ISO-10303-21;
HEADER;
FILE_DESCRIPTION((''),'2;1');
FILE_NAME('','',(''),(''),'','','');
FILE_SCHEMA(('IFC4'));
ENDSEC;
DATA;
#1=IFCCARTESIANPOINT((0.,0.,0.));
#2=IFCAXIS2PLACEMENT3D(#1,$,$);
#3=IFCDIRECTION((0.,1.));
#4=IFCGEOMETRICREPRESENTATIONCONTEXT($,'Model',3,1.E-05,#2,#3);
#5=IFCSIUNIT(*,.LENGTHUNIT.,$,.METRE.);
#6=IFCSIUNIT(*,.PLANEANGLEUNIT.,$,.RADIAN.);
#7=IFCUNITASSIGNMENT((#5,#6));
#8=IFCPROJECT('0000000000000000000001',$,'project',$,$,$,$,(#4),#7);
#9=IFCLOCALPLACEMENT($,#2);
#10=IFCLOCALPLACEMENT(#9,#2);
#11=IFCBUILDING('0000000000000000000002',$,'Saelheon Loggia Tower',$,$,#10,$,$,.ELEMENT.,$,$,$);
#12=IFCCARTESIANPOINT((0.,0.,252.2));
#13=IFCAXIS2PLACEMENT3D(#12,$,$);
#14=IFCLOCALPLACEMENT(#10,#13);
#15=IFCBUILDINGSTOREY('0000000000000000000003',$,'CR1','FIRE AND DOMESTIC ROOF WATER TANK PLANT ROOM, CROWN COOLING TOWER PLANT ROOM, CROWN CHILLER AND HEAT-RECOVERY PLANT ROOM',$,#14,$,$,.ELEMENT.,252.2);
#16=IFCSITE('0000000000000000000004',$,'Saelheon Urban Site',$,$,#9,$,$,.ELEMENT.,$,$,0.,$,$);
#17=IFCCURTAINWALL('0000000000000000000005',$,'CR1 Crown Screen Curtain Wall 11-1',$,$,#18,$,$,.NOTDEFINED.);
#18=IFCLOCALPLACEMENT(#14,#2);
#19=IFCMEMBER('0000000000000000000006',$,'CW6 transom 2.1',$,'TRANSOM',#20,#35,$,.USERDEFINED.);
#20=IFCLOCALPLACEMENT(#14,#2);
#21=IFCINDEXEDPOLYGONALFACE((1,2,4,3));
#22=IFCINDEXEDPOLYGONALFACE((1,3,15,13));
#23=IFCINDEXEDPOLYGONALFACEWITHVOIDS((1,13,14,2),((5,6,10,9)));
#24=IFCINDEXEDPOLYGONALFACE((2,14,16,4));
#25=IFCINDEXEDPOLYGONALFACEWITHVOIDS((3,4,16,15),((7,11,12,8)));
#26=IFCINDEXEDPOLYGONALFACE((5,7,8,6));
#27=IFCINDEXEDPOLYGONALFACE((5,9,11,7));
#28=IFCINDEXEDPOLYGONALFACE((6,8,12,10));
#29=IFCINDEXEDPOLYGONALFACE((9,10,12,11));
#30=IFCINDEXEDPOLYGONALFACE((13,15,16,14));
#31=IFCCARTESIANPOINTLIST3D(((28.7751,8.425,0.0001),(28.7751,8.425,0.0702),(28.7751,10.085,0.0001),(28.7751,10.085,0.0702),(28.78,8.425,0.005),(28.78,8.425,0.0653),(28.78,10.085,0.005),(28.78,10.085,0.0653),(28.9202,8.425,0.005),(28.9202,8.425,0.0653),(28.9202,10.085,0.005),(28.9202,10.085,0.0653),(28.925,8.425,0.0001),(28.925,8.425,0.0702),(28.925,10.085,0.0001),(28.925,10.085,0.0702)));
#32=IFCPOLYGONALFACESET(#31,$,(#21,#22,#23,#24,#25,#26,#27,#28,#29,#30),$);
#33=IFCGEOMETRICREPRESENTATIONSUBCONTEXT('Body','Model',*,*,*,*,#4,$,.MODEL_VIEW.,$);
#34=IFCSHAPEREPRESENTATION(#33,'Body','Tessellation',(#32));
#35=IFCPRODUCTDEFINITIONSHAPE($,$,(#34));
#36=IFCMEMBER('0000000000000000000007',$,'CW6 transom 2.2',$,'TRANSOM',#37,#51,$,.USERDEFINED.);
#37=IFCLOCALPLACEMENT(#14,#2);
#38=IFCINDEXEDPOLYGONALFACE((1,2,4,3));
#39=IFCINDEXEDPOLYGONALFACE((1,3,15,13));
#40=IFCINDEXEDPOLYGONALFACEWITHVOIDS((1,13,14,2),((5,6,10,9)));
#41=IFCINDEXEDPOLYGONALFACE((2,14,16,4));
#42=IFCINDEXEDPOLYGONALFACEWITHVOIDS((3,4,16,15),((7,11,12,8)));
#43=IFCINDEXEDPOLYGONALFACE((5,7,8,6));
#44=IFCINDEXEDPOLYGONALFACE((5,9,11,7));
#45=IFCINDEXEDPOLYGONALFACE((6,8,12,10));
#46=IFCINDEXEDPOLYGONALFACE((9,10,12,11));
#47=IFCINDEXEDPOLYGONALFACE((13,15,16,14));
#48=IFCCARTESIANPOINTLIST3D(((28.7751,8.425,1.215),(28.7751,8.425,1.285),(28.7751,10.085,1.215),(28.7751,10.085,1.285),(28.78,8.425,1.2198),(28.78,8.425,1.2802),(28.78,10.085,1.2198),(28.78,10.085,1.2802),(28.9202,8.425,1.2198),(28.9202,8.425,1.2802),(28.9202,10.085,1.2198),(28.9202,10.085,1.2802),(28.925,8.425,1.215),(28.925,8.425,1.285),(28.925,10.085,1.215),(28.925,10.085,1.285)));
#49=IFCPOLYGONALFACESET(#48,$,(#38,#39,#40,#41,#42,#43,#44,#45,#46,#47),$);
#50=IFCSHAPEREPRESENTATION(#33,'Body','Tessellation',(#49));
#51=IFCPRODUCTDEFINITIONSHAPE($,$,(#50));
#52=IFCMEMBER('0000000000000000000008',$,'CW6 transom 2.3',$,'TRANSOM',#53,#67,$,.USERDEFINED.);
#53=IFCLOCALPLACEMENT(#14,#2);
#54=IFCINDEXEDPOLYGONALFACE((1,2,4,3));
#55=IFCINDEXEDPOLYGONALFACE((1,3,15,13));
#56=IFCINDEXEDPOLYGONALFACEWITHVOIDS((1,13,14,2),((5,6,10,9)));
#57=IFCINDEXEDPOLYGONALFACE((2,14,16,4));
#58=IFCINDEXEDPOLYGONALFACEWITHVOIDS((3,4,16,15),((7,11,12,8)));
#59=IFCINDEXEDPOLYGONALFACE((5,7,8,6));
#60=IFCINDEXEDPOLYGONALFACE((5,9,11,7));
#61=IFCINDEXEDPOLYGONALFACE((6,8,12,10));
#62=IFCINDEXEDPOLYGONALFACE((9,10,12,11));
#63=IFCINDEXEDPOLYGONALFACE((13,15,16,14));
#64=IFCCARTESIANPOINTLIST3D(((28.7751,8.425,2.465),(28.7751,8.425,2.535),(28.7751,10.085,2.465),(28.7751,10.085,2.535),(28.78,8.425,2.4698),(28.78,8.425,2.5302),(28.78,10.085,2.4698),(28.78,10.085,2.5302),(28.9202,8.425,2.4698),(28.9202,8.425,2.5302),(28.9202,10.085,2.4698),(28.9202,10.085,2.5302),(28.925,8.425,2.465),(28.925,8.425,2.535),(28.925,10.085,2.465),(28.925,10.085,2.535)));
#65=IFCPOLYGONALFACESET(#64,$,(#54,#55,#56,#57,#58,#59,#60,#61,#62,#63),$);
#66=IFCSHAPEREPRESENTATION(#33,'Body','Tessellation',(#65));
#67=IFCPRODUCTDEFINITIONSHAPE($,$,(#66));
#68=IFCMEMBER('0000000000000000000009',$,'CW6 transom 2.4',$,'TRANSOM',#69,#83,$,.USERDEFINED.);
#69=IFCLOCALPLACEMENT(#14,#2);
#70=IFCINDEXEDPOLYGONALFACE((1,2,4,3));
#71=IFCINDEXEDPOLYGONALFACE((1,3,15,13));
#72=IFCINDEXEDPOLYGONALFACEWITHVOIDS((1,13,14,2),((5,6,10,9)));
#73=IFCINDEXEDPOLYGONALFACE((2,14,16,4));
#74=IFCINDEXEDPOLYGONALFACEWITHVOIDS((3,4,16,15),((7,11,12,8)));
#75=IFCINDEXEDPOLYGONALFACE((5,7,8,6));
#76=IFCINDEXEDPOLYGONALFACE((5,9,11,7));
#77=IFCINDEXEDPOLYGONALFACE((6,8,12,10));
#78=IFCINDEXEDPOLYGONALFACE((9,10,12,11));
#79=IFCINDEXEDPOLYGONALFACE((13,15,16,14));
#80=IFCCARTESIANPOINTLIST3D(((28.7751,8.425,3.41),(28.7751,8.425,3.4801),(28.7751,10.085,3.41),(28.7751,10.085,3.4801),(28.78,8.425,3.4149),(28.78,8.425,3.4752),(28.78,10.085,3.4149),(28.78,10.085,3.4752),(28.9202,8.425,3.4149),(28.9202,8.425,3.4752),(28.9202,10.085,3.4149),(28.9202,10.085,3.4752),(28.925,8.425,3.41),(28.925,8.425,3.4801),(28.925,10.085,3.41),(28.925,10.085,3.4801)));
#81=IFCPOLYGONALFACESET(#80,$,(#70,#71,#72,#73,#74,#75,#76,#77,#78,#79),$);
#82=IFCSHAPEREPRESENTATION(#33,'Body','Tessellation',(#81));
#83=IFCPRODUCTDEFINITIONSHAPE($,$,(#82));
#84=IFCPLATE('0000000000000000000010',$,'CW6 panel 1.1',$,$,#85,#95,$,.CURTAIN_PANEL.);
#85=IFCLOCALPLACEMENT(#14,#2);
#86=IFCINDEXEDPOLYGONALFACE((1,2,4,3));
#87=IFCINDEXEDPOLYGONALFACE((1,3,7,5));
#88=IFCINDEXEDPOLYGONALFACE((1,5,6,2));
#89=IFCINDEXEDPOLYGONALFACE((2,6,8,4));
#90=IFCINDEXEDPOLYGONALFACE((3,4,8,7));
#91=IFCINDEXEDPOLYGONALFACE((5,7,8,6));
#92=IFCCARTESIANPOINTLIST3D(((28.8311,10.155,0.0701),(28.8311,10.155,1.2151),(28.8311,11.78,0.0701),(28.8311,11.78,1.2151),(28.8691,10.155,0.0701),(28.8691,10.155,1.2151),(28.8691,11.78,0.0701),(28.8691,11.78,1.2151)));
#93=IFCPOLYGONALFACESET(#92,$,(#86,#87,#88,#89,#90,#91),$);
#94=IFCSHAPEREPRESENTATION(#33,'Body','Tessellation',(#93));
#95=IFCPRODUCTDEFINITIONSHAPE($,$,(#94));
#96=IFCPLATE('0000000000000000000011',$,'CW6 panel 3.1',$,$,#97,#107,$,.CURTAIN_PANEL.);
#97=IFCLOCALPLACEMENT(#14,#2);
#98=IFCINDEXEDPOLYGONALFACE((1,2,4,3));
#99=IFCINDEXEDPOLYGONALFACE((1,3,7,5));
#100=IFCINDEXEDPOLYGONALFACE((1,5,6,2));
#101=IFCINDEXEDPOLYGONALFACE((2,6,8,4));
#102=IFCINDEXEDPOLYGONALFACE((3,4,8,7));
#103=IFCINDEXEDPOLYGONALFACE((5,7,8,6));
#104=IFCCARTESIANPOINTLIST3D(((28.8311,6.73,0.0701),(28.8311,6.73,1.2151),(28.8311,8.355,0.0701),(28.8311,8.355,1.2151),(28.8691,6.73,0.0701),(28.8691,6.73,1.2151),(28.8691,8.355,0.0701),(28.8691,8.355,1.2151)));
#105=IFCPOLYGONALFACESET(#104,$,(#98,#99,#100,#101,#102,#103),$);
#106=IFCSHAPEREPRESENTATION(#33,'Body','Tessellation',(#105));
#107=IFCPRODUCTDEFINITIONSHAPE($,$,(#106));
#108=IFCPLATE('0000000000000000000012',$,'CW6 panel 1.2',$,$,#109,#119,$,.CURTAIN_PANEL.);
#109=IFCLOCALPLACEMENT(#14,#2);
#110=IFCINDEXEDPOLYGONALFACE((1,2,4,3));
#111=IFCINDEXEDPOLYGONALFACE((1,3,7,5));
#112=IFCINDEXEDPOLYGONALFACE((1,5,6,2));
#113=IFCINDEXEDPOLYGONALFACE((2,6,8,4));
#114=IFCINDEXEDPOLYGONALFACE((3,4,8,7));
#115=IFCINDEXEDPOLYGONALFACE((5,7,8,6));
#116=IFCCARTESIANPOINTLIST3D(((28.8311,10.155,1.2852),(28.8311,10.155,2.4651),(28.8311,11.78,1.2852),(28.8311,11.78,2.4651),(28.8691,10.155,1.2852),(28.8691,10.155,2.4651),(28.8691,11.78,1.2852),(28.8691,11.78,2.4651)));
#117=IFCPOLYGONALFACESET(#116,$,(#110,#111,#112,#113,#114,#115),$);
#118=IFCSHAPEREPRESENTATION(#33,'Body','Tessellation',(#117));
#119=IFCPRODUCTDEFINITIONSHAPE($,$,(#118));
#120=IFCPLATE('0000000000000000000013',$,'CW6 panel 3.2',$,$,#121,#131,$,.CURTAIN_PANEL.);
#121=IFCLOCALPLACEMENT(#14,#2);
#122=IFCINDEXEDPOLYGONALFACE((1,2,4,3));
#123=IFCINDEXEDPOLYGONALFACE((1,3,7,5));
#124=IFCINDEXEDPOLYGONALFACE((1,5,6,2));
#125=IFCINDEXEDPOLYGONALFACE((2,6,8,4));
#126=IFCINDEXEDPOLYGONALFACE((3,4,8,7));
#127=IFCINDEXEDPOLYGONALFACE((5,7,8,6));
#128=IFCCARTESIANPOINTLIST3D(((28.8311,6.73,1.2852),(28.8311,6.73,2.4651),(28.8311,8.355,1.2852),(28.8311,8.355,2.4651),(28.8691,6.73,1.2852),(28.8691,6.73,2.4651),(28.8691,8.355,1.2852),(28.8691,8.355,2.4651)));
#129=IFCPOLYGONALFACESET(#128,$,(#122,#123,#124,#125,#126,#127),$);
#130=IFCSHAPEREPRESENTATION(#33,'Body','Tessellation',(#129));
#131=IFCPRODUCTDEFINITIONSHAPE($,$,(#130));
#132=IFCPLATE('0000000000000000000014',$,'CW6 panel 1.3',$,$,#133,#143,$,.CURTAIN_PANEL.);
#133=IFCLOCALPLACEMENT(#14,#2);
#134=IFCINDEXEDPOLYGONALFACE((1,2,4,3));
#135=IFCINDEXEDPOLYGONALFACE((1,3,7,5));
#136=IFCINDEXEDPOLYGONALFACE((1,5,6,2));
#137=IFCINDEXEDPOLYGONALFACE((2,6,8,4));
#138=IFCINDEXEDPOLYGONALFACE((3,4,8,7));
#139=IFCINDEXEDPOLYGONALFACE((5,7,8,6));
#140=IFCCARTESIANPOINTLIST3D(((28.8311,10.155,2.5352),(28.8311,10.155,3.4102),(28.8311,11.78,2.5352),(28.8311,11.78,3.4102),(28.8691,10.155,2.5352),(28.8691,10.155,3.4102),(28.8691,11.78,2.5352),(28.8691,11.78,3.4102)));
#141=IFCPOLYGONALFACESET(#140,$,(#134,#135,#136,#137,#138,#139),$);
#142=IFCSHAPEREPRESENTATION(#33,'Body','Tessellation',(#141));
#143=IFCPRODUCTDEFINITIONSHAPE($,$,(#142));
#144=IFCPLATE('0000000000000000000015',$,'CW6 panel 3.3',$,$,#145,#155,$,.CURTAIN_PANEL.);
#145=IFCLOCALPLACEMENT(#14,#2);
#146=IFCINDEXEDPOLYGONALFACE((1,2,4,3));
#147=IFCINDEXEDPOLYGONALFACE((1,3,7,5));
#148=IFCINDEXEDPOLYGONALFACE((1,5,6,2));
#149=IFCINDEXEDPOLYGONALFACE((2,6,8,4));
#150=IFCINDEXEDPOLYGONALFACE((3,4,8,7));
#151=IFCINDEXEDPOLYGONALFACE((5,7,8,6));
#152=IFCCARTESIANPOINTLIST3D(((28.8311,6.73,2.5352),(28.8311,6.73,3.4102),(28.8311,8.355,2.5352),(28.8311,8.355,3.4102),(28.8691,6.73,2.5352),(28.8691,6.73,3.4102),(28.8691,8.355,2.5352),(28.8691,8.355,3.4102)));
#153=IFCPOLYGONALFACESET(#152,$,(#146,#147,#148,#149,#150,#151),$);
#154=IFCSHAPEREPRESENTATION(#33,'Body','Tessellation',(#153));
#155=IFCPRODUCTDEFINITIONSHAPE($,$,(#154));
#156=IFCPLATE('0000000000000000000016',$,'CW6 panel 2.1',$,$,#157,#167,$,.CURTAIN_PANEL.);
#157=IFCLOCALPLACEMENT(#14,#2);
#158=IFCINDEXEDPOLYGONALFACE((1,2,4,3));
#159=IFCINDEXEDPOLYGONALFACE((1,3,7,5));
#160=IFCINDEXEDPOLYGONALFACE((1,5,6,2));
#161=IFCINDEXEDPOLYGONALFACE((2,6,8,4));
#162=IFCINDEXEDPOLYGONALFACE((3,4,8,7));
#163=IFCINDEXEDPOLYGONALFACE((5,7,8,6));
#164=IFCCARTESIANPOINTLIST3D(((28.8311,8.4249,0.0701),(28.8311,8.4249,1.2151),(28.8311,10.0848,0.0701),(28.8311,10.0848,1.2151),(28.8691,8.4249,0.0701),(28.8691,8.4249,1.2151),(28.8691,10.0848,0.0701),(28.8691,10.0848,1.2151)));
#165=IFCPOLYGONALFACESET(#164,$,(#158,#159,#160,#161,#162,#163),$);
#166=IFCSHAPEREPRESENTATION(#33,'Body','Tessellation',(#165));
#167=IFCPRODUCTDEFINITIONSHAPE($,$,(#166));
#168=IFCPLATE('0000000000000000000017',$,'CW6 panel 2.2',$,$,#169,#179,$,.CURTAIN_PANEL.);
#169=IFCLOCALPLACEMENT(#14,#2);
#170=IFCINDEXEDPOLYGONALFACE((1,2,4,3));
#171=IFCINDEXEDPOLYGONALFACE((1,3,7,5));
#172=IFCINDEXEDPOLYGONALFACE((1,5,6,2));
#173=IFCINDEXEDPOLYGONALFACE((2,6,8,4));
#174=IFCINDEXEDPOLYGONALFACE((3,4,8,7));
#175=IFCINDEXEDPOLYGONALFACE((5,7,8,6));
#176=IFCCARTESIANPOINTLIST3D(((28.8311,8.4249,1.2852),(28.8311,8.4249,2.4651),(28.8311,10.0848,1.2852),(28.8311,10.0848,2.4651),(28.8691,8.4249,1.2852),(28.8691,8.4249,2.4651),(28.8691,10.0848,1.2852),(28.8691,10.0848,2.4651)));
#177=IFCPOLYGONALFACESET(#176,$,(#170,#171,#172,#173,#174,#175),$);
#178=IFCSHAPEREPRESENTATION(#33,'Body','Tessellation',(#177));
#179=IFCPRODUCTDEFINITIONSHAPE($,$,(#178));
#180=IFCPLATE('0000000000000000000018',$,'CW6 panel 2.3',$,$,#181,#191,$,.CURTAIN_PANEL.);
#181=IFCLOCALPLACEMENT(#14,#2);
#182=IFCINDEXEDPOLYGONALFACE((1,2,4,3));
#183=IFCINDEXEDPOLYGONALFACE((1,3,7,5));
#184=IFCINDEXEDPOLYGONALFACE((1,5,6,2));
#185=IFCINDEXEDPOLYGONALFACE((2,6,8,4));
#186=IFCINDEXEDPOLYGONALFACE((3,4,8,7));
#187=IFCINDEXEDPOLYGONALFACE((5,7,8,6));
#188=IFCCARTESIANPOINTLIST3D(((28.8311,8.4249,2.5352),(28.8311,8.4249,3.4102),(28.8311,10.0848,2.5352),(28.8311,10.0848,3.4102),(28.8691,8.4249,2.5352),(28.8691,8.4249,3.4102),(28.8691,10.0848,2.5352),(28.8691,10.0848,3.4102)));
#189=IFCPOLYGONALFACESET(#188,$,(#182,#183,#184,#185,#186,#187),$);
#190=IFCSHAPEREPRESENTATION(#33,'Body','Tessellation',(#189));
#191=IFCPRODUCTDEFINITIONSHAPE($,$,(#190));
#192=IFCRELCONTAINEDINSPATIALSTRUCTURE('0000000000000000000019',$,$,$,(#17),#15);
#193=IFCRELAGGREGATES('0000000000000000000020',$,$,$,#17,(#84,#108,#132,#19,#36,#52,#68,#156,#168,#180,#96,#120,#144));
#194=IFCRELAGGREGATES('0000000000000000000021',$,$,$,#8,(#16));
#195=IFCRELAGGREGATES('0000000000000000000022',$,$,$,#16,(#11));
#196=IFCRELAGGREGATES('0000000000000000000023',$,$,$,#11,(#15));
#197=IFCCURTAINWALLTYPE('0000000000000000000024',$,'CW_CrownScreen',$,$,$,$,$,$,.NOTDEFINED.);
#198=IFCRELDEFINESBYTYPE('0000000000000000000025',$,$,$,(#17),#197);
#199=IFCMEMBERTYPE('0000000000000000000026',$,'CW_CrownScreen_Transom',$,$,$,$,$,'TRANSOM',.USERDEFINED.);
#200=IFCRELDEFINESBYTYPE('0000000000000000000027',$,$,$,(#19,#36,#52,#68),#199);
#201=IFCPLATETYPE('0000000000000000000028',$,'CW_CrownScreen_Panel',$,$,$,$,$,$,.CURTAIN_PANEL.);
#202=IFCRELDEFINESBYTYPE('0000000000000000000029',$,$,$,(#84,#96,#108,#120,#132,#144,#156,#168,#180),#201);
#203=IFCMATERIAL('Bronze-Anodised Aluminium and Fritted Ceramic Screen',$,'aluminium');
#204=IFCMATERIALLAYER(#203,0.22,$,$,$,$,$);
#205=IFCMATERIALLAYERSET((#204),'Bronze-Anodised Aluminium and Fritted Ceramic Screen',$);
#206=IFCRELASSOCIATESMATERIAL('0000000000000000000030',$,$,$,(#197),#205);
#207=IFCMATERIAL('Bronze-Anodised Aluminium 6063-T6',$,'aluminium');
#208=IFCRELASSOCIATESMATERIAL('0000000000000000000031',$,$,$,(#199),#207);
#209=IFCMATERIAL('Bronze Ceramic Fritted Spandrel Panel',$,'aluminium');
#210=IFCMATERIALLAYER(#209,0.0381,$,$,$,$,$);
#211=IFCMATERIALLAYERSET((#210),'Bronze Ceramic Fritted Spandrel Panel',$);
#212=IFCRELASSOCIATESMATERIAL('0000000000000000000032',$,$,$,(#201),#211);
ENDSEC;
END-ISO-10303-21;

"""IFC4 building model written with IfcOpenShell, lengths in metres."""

from ifc_helpers import new_model, si_unit, direction, frame, origin, origin_2d, place, context, subcontext, project, spatial, rectangle, hollow_rectangle, extrude, source, transform, mapped, material, layer, layer_set, material_profile, profile_set, type_object, element, aggregate, save


model = new_model("IFC4")

# Units and contexts
model_context = context("Model", 3, precision=1e-05, world=origin(), true_north=direction((0.0, 1.0)))
body_context = subcontext(model_context, "Body", "Model", "MODEL_VIEW")
ifc_project = project(units=[si_unit("LENGTHUNIT", "METRE"), si_unit("PLANEANGLEUNIT", "RADIAN")], contexts=[model_context])

# Site, building, storey
site_placement = place(None, origin())
site = spatial("IfcSite", under=ifc_project, at=site_placement, Name="Saelheon Urban Site", CompositionType="ELEMENT", RefElevation=0.0)
building_placement = place(site_placement, origin())
building = spatial("IfcBuilding", under=site, at=building_placement, Name="Saelheon Loggia Tower", CompositionType="ELEMENT")
storey_placement = place(building_placement, frame((0.0, 0.0, 252.2)))
storey = spatial("IfcBuildingStorey", under=building, at=storey_placement, Name="CR1", Description="FIRE AND DOMESTIC ROOF WATER TANK PLANT ROOM, CROWN COOLING TOWER PLANT ROOM, CROWN CHILLER AND HEAT-RECOVERY PLANT ROOM", CompositionType="ELEMENT", Elevation=252.2)

# Curtain wall
ifc_material_1 = material(Name="Bronze-Anodised Aluminium and Fritted Ceramic Screen", Category="aluminium")
ifc_layer_1 = layer(ifc_material_1, 0.22)
ifc_layer_set_1 = layer_set([ifc_layer_1], Name="Bronze-Anodised Aluminium and Fritted Ceramic Screen")
curtain_wall_type = type_object("IfcCurtainWallType", Name="CW_CrownScreen", PredefinedType="NOTDEFINED", material=ifc_layer_set_1)
curtain_wall_1_placement = place(storey_placement, origin())
curtain_wall_1 = element("IfcCurtainWall", 1, at=curtain_wall_1_placement, inside=storey, type_object=curtain_wall_type, Name="CR1 Crown Screen Curtain Wall 11-1", PredefinedType="NOTDEFINED")
ifc_material_2 = material(Name="Bronze-Anodised Aluminium 6063-T6", Category="aluminium")
ifc_material_profile_1 = material_profile(ifc_material_2, hollow_rectangle(XDim=0.0701, YDim=0.1499, WallThickness=0.0049, at=origin_2d()), Name="RHS-150x70x5")
ifc_profile_set_1 = profile_set([ifc_material_profile_1], Name="Bronze-Anodised Aluminium 6063-T6")
member_type_1 = type_object("IfcMemberType", Name="CW_CrownScreen_Transom", ElementType="TRANSOM", PredefinedType="USERDEFINED", material=ifc_profile_set_1)

# Members
shared_shape_1 = source(origin(), body_context, "Body", "SweptSolid", [
    extrude(hollow_rectangle(XDim=0.0701, YDim=0.1499, WallThickness=0.0049, at=origin_2d()), origin(), (0.0, 0.0, 1.0), 1.6599),
])
member_1_placement = place(storey_placement, frame((28.8501, 10.085, 0.0352), z_axis=(0.0, -1.0, 0.0), x_axis=(0.0, 0.0, 1.0)))
member_1 = element("IfcMember", 2, at=member_1_placement, type_object=member_type_1, Name="CW6 transom 2.1", ObjectType="TRANSOM", PredefinedType="USERDEFINED", context=body_context, shape_type="MappedRepresentation", body=[
    mapped(shared_shape_1, transform((0.0, 0.0, 0.0), scale=1.0)),
])
member_2_placement = place(storey_placement, frame((28.8501, 10.085, 1.25), z_axis=(0.0, -1.0, 0.0), x_axis=(0.0, 0.0, 1.0)))
member_2 = element("IfcMember", 3, at=member_2_placement, type_object=member_type_1, Name="CW6 transom 2.2", ObjectType="TRANSOM", PredefinedType="USERDEFINED", context=body_context, shape_type="MappedRepresentation", body=[
    mapped(shared_shape_1, transform((0.0, 0.0, 0.0), scale=1.0)),
])
member_3_placement = place(storey_placement, frame((28.8501, 10.085, 2.5), z_axis=(0.0, -1.0, 0.0), x_axis=(0.0, 0.0, 1.0)))
member_3 = element("IfcMember", 4, at=member_3_placement, type_object=member_type_1, Name="CW6 transom 2.3", ObjectType="TRANSOM", PredefinedType="USERDEFINED", context=body_context, shape_type="MappedRepresentation", body=[
    mapped(shared_shape_1, transform((0.0, 0.0, 0.0), scale=1.0)),
])
member_4_placement = place(storey_placement, frame((28.8501, 10.085, 3.4451), z_axis=(0.0, -1.0, 0.0), x_axis=(0.0, 0.0, 1.0)))
member_4 = element("IfcMember", 5, at=member_4_placement, type_object=member_type_1, Name="CW6 transom 2.4", ObjectType="TRANSOM", PredefinedType="USERDEFINED", context=body_context, shape_type="MappedRepresentation", body=[
    mapped(shared_shape_1, transform((0.0, 0.0, 0.0), scale=1.0)),
])

# Plates
ifc_material_3 = material(Name="Bronze Ceramic Fritted Spandrel Panel", Category="aluminium")
ifc_layer_2 = layer(ifc_material_3, 0.0381)
ifc_layer_set_2 = layer_set([ifc_layer_2], Name="Bronze Ceramic Fritted Spandrel Panel")
plate_type = type_object("IfcPlateType", Name="CW_CrownScreen_Panel", PredefinedType="CURTAIN_PANEL", material=ifc_layer_set_2)
shared_shape_2 = source(origin(), body_context, "Body", "SweptSolid", [
    extrude(rectangle(XDim=1.625, YDim=0.0381, at=origin_2d()), origin(), (0.0, 0.0, 1.0), 1.145),
])
plate_1_placement = place(storey_placement, frame((28.8501, 10.9675, 0.0701), z_axis=(0.0, 0.0, 1.0), x_axis=(0.0, -1.0, 0.0)))
plate_1 = element("IfcPlate", 6, at=plate_1_placement, type_object=plate_type, Name="CW6 panel 1.1", PredefinedType="CURTAIN_PANEL", context=body_context, shape_type="MappedRepresentation", body=[
    mapped(shared_shape_2, transform((0.0, 0.0, 0.0), scale=1.0)),
])
plate_2_placement = place(storey_placement, frame((28.8501, 7.5425, 0.0701), z_axis=(0.0, 0.0, 1.0), x_axis=(0.0, -1.0, 0.0)))
plate_2 = element("IfcPlate", 7, at=plate_2_placement, type_object=plate_type, Name="CW6 panel 3.1", PredefinedType="CURTAIN_PANEL", context=body_context, shape_type="MappedRepresentation", body=[
    mapped(shared_shape_2, transform((0.0, 0.0, 0.0), scale=1.0)),
])
shared_shape_3 = source(origin(), body_context, "Body", "SweptSolid", [
    extrude(rectangle(XDim=1.625, YDim=0.0381, at=origin_2d()), origin(), (0.0, 0.0, 1.0), 1.1799),
])
plate_3_placement = place(storey_placement, frame((28.8501, 10.9675, 1.2852), z_axis=(0.0, 0.0, 1.0), x_axis=(0.0, -1.0, 0.0)))
plate_3 = element("IfcPlate", 8, at=plate_3_placement, type_object=plate_type, Name="CW6 panel 1.2", PredefinedType="CURTAIN_PANEL", context=body_context, shape_type="MappedRepresentation", body=[
    mapped(shared_shape_3, transform((0.0, 0.0, 0.0), scale=1.0)),
])
plate_4_placement = place(storey_placement, frame((28.8501, 7.5425, 1.2852), z_axis=(0.0, 0.0, 1.0), x_axis=(0.0, -1.0, 0.0)))
plate_4 = element("IfcPlate", 9, at=plate_4_placement, type_object=plate_type, Name="CW6 panel 3.2", PredefinedType="CURTAIN_PANEL", context=body_context, shape_type="MappedRepresentation", body=[
    mapped(shared_shape_3, transform((0.0, 0.0, 0.0), scale=1.0)),
])
shared_shape_4 = source(origin(), body_context, "Body", "SweptSolid", [
    extrude(rectangle(XDim=1.625, YDim=0.0381, at=origin_2d()), origin(), (0.0, 0.0, 1.0), 0.875),
])
plate_5_placement = place(storey_placement, frame((28.8501, 10.9675, 2.5352), z_axis=(0.0, 0.0, 1.0), x_axis=(0.0, -1.0, 0.0)))
plate_5 = element("IfcPlate", 10, at=plate_5_placement, type_object=plate_type, Name="CW6 panel 1.3", PredefinedType="CURTAIN_PANEL", context=body_context, shape_type="MappedRepresentation", body=[
    mapped(shared_shape_4, transform((0.0, 0.0, 0.0), scale=1.0)),
])
plate_6_placement = place(storey_placement, frame((28.8501, 7.5425, 2.5352), z_axis=(0.0, 0.0, 1.0), x_axis=(0.0, -1.0, 0.0)))
plate_6 = element("IfcPlate", 11, at=plate_6_placement, type_object=plate_type, Name="CW6 panel 3.3", PredefinedType="CURTAIN_PANEL", context=body_context, shape_type="MappedRepresentation", body=[
    mapped(shared_shape_4, transform((0.0, 0.0, 0.0), scale=1.0)),
])
shared_shape_5 = source(origin(), body_context, "Body", "SweptSolid", [
    extrude(rectangle(XDim=1.6599, YDim=0.0381, at=origin_2d()), origin(), (0.0, 0.0, 1.0), 1.145),
])
plate_7_placement = place(storey_placement, frame((28.8501, 9.2549, 0.0701), z_axis=(0.0, 0.0, 1.0), x_axis=(0.0, -1.0, 0.0)))
plate_7 = element("IfcPlate", 12, at=plate_7_placement, type_object=plate_type, Name="CW6 panel 2.1", PredefinedType="CURTAIN_PANEL", context=body_context, shape_type="MappedRepresentation", body=[
    mapped(shared_shape_5, transform((0.0, 0.0, 0.0), scale=1.0)),
])
shared_shape_6 = source(origin(), body_context, "Body", "SweptSolid", [
    extrude(rectangle(XDim=1.6599, YDim=0.0381, at=origin_2d()), origin(), (0.0, 0.0, 1.0), 1.1799),
])
plate_8_placement = place(storey_placement, frame((28.8501, 9.2549, 1.2852), z_axis=(0.0, 0.0, 1.0), x_axis=(0.0, -1.0, 0.0)))
plate_8 = element("IfcPlate", 13, at=plate_8_placement, type_object=plate_type, Name="CW6 panel 2.2", PredefinedType="CURTAIN_PANEL", context=body_context, shape_type="MappedRepresentation", body=[
    mapped(shared_shape_6, transform((0.0, 0.0, 0.0), scale=1.0)),
])
shared_shape_7 = source(origin(), body_context, "Body", "SweptSolid", [
    extrude(rectangle(XDim=1.6599, YDim=0.0381, at=origin_2d()), origin(), (0.0, 0.0, 1.0), 0.875),
])
plate_9_placement = place(storey_placement, frame((28.8501, 9.2549, 2.5352), z_axis=(0.0, 0.0, 1.0), x_axis=(0.0, -1.0, 0.0)))
plate_9 = element("IfcPlate", 14, at=plate_9_placement, type_object=plate_type, Name="CW6 panel 2.3", PredefinedType="CURTAIN_PANEL", context=body_context, shape_type="MappedRepresentation", body=[
    mapped(shared_shape_7, transform((0.0, 0.0, 0.0), scale=1.0)),
])
aggregate(curtain_wall_1, [plate_1, plate_3, plate_5, member_1, member_2, member_3, member_4, plate_7, plate_8, plate_9, plate_2, plate_4, plate_6])

save(model, "model.ifc")
